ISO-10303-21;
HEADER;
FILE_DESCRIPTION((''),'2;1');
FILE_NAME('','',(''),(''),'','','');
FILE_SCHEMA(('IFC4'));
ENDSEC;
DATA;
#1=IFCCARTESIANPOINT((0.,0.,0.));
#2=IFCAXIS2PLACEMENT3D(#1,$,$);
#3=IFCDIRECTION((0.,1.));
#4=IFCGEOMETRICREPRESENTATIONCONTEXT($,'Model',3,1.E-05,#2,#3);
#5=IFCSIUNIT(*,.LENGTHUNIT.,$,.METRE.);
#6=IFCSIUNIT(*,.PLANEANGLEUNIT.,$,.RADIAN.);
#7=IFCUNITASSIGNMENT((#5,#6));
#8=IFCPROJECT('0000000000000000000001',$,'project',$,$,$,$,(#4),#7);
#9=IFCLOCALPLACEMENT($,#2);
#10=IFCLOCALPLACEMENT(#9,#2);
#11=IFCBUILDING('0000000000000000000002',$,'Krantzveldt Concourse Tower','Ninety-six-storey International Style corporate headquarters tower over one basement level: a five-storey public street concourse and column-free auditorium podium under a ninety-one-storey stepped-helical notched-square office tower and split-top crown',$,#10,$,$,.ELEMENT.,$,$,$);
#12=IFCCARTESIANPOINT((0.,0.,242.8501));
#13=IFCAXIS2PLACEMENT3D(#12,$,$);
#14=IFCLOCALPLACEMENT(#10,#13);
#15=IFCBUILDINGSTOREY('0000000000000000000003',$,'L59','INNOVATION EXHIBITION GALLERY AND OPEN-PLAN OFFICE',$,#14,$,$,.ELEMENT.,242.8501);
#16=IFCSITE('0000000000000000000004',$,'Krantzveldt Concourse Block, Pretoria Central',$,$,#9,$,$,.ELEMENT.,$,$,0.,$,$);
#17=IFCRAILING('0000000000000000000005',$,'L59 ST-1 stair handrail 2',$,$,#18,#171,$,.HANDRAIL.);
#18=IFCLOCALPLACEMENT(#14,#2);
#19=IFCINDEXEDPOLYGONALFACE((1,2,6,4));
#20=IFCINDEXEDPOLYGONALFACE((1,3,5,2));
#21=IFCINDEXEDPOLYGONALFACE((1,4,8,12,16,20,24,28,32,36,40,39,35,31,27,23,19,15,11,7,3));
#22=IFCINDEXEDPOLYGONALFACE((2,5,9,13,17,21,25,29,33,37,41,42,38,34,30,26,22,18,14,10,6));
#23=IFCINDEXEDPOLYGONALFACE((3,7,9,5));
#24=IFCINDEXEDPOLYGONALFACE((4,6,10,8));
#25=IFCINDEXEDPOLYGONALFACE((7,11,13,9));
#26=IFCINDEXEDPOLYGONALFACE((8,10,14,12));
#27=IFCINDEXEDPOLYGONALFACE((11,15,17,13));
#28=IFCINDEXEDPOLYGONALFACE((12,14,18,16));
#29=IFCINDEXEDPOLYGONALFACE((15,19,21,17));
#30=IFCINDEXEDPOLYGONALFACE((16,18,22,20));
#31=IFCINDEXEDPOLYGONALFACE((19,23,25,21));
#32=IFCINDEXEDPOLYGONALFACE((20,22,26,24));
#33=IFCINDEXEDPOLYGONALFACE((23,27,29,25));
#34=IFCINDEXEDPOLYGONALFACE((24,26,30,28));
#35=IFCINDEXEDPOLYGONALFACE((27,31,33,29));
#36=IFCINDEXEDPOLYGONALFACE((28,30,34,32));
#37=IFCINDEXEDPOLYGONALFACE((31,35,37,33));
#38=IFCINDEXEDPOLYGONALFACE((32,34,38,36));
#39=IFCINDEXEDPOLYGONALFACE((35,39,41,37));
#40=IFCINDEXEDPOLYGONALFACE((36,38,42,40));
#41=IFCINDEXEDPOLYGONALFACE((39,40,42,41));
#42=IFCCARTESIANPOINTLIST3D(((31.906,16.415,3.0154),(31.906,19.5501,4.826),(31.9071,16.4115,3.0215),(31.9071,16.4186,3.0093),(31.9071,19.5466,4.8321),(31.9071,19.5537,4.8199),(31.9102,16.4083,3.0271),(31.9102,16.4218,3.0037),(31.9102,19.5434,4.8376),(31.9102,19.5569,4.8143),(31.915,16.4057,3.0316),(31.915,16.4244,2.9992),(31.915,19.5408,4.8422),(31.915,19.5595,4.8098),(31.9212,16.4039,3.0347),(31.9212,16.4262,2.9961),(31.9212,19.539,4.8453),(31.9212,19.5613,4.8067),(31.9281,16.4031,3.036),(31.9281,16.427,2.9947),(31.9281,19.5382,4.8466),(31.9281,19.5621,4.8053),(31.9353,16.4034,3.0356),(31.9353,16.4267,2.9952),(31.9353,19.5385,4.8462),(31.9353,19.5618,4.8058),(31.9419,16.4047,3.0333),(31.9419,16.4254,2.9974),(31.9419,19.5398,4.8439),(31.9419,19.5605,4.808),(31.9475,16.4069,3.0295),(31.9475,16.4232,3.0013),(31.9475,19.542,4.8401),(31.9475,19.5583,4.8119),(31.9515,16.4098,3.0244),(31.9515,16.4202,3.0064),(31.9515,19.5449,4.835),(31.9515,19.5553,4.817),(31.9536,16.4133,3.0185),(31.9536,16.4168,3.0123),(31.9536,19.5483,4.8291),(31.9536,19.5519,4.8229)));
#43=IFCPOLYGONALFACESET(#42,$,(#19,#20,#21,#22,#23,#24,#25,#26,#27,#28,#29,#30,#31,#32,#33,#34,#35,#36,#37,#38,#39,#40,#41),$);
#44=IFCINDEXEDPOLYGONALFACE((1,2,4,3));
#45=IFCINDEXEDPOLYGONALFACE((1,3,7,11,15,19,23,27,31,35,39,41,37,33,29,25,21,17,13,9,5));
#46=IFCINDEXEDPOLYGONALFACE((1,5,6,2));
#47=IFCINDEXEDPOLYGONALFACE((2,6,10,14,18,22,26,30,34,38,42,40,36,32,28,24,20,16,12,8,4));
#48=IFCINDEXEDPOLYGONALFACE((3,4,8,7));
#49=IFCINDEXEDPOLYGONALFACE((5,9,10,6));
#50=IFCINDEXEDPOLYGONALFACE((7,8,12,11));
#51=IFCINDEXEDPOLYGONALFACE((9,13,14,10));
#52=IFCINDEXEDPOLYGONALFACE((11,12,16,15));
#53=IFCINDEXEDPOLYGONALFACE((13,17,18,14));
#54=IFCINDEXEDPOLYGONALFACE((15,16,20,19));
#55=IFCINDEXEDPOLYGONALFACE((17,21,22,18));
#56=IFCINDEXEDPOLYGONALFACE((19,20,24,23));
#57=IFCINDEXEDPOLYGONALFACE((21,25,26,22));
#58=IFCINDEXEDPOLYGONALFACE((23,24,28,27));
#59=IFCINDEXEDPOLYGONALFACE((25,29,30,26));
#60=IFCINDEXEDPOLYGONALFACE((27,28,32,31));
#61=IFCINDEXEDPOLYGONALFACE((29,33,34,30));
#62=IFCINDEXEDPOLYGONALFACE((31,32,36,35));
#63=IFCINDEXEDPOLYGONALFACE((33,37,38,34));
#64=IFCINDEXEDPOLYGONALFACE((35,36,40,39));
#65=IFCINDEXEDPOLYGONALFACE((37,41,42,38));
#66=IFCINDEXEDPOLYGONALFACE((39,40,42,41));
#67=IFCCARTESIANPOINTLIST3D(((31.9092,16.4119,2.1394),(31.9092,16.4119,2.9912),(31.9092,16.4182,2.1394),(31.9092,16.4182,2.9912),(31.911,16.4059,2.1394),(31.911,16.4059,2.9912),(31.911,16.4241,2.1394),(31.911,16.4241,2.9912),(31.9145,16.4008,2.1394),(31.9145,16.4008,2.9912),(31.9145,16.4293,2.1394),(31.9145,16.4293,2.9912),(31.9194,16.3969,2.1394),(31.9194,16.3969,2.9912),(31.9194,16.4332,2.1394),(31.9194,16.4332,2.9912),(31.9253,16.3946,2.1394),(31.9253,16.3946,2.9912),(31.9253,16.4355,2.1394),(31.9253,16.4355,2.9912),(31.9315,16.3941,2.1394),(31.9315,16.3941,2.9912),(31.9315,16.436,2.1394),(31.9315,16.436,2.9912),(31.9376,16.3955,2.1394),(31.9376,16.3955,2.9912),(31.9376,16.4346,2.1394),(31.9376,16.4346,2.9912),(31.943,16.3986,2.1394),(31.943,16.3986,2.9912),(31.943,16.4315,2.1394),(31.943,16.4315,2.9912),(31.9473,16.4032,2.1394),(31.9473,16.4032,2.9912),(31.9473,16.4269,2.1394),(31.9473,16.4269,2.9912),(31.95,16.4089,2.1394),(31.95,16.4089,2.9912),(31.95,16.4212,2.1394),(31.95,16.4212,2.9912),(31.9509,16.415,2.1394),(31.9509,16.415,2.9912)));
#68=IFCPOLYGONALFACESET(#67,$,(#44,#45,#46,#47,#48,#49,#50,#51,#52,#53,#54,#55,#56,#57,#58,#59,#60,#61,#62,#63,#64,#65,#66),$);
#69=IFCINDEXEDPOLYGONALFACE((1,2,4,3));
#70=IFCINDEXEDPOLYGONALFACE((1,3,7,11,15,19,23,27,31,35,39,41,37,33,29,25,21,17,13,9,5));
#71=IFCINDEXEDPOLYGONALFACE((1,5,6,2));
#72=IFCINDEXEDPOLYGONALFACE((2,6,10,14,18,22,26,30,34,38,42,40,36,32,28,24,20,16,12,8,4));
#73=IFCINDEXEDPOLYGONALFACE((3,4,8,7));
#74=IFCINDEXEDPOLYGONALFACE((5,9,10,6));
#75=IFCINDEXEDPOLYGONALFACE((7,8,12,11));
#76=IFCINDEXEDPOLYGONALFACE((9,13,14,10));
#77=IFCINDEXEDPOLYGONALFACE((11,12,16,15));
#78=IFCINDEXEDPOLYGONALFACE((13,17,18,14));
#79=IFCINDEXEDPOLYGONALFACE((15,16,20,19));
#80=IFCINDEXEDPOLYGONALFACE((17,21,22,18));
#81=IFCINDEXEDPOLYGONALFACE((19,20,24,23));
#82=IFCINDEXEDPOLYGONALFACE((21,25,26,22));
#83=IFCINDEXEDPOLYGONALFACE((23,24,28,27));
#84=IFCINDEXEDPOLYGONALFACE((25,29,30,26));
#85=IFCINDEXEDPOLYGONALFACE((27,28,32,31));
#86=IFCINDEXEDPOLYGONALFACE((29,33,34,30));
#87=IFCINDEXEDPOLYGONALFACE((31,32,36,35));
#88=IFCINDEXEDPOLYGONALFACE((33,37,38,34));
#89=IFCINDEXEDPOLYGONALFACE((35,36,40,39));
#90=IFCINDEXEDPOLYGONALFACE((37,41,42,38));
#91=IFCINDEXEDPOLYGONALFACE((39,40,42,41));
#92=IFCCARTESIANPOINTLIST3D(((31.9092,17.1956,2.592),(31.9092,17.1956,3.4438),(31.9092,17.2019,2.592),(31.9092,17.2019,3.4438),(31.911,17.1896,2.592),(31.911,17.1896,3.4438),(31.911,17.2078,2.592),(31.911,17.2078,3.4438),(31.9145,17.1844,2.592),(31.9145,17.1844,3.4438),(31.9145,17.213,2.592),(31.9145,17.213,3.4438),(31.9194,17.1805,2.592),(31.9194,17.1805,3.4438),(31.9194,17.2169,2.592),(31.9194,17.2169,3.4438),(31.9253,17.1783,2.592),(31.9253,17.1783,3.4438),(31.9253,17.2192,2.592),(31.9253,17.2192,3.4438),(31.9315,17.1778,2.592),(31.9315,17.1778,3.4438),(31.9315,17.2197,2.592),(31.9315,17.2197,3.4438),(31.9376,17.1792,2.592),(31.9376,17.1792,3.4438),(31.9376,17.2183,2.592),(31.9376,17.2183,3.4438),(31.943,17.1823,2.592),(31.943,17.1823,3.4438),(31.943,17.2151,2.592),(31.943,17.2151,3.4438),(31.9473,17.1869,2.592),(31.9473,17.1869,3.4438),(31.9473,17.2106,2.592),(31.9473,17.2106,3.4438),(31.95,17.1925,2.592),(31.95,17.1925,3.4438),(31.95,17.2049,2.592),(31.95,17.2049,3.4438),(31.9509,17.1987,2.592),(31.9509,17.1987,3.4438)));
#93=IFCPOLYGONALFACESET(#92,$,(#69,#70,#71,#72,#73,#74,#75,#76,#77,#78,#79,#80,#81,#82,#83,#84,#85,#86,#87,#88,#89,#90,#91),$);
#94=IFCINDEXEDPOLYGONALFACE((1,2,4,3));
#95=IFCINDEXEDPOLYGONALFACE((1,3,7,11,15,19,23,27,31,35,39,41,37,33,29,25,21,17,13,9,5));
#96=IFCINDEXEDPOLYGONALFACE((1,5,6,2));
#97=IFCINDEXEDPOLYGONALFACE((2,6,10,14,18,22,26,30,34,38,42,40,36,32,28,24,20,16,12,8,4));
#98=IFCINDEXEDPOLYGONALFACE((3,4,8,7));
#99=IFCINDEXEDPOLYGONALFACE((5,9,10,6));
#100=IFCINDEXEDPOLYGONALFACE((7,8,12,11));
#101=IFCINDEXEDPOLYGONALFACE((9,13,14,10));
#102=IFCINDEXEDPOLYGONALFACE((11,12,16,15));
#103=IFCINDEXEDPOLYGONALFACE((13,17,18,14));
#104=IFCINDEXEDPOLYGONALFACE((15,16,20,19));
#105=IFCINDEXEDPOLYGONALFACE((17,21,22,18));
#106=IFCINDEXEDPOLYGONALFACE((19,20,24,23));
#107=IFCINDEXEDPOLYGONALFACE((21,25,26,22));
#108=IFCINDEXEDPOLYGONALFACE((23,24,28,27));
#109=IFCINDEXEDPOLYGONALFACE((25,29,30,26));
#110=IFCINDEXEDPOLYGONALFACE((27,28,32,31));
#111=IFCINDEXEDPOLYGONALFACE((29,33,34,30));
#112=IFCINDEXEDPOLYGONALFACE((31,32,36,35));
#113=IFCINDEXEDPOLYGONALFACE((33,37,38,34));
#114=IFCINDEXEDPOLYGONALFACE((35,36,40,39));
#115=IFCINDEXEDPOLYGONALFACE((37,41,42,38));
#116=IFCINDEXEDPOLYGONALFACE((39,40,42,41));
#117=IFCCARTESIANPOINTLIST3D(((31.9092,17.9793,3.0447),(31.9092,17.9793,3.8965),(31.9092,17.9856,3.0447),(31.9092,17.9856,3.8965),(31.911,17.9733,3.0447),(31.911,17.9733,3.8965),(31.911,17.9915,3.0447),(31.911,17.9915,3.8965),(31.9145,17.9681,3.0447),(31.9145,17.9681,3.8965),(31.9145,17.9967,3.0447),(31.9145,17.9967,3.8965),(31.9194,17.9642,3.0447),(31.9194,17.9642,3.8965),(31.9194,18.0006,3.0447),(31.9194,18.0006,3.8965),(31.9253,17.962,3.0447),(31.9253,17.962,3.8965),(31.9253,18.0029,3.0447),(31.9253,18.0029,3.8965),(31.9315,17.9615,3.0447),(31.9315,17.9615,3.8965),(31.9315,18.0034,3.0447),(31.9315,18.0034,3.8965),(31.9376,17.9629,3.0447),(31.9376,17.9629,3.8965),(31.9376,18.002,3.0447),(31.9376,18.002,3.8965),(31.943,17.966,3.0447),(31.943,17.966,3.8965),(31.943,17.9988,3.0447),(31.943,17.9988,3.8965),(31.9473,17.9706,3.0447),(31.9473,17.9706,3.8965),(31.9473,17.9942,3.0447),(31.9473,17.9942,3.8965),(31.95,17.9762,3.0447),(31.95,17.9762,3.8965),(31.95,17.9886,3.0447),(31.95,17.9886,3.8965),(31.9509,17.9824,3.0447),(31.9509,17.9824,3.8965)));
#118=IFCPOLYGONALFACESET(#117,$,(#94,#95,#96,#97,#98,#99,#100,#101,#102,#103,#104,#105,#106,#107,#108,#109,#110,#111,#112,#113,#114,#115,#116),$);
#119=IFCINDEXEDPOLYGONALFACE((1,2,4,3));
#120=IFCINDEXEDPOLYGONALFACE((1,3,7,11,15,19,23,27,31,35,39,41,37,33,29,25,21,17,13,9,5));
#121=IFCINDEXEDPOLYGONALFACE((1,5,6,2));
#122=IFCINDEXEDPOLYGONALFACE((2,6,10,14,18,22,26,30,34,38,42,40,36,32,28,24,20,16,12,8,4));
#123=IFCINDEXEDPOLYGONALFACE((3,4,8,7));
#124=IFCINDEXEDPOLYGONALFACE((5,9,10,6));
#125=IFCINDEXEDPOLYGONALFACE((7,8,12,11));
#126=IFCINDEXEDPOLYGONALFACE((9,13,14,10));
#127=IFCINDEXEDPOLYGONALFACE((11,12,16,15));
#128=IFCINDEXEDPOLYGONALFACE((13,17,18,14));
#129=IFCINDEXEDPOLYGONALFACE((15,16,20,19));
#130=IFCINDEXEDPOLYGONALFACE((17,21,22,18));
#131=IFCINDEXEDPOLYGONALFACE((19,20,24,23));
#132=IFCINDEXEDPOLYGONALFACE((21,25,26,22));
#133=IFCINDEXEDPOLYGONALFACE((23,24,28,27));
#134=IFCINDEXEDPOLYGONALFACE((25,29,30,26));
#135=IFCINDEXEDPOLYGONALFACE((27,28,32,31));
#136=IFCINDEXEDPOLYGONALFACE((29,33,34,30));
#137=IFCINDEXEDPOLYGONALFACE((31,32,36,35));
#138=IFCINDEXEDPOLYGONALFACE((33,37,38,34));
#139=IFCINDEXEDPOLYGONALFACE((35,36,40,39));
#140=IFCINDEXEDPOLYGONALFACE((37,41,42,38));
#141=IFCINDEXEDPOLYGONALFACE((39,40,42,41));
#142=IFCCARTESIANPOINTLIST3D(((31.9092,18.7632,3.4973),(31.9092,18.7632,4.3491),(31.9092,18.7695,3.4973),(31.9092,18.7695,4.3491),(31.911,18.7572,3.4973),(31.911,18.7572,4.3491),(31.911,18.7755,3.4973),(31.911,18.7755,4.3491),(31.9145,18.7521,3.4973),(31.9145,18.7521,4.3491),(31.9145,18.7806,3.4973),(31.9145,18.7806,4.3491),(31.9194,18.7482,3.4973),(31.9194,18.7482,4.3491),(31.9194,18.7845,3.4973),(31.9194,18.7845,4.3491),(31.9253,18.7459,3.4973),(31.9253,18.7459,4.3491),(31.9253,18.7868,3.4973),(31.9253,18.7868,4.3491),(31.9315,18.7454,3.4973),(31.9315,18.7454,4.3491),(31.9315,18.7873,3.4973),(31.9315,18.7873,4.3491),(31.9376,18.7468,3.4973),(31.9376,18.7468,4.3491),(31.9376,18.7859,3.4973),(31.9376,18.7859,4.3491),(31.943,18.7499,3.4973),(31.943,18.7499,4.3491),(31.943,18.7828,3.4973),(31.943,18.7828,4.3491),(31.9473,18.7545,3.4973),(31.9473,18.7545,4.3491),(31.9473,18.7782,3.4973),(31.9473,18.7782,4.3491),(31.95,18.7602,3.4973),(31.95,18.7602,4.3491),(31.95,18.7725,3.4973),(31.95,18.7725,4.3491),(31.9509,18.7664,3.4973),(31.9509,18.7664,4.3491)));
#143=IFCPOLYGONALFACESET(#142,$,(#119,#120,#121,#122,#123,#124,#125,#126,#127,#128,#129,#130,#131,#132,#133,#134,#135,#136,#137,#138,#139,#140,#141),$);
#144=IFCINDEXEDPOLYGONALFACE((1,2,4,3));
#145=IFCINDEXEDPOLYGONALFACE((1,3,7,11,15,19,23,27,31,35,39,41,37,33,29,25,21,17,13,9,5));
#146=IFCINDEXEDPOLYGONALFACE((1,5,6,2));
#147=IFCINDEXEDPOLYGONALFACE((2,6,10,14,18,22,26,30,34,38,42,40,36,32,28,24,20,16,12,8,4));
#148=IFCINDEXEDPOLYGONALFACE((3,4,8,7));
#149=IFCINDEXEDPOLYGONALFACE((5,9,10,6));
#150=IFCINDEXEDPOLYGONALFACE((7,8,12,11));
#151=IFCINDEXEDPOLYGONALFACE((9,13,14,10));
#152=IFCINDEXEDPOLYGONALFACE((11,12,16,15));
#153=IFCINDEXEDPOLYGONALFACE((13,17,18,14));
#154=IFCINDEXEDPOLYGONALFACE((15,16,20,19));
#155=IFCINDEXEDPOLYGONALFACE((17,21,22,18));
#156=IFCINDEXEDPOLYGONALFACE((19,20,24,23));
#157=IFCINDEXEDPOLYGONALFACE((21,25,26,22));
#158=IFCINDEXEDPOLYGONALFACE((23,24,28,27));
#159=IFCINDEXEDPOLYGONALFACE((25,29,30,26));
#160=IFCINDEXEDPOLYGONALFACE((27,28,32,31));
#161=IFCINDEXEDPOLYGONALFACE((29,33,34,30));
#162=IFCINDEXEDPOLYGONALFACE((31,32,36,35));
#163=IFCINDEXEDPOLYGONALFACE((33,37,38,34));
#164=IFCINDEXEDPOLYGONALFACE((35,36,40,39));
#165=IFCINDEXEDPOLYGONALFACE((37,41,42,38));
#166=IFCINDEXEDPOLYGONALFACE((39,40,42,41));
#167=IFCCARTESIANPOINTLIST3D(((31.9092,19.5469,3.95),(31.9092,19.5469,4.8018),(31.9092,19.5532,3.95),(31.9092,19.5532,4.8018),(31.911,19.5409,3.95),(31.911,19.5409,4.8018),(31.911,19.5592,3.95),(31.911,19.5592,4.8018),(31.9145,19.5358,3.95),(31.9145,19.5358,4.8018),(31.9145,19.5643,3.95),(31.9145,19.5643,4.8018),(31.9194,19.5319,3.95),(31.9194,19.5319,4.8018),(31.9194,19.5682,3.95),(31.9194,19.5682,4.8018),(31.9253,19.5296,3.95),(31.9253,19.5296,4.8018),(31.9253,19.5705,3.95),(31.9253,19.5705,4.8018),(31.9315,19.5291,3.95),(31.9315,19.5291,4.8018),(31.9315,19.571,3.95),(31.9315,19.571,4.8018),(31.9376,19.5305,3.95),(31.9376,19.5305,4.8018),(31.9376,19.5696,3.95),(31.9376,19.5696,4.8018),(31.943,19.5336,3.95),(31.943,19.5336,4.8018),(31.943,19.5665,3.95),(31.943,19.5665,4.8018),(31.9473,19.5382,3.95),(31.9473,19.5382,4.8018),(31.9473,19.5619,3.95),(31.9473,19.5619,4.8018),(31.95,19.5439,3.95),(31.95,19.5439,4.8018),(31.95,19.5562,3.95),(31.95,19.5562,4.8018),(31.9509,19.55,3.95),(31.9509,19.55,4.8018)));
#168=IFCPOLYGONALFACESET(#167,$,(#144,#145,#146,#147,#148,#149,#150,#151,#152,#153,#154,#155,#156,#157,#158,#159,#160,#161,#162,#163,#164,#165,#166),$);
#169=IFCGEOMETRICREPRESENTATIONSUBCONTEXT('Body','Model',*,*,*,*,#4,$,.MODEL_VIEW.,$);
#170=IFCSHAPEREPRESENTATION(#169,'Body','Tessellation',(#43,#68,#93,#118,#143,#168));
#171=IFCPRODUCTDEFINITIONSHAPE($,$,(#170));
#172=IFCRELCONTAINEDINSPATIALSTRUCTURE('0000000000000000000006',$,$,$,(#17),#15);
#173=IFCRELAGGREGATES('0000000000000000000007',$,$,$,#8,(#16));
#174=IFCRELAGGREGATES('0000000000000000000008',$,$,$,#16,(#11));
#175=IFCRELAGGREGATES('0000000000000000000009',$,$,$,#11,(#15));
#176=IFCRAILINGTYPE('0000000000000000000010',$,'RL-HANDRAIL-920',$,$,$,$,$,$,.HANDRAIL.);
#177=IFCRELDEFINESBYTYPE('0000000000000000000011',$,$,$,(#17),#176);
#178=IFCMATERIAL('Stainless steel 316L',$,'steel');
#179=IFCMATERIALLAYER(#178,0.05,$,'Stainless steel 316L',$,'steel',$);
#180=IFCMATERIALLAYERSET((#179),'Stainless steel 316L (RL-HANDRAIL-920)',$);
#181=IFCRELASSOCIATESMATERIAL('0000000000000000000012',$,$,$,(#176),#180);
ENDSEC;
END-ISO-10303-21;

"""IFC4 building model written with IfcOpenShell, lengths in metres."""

from ifc_helpers import new_model, si_unit, direction, frame, origin, origin_2d, place, context, subcontext, project, spatial, circle, extrude, material, layer, layer_set, type_object, element, save


model = new_model("IFC4")

# Units and contexts
model_context = context("Model", 3, precision=1e-05, world=origin(), true_north=direction((0.0, 1.0)))
body_context = subcontext(model_context, "Body", "Model", "MODEL_VIEW")
ifc_project = project(units=[si_unit("LENGTHUNIT", "METRE"), si_unit("PLANEANGLEUNIT", "RADIAN")], contexts=[model_context])

# Site, building, storey
site_placement = place(None, origin())
site = spatial("IfcSite", under=ifc_project, at=site_placement, Name="Krantzveldt Concourse Block, Pretoria Central", CompositionType="ELEMENT", RefElevation=0.0)
building_placement = place(site_placement, origin())
building = spatial("IfcBuilding", under=site, at=building_placement, Name="Krantzveldt Concourse Tower", Description="Ninety-six-storey International Style corporate headquarters tower over one basement level: a five-storey public street concourse and column-free auditorium podium under a ninety-one-storey stepped-helical notched-square office tower and split-top crown", CompositionType="ELEMENT")
storey_placement = place(building_placement, frame((0.0, 0.0, 242.8501)))
storey = spatial("IfcBuildingStorey", under=building, at=storey_placement, Name="L59", Description="INNOVATION EXHIBITION GALLERY AND OPEN-PLAN OFFICE", CompositionType="ELEMENT", Elevation=242.8501)

# Shared definitions
ifc_material_1 = material(Name="Stainless steel 316L", Category="steel")

# Railing
ifc_layer_1 = layer(ifc_material_1, 0.05, Name="Stainless steel 316L", Category="steel")
ifc_layer_set_1 = layer_set([ifc_layer_1], Name="Stainless steel 316L (RL-HANDRAIL-920)")
railing_type_1 = type_object("IfcRailingType", Name="RL-HANDRAIL-920", PredefinedType="HANDRAIL", material=ifc_layer_set_1)
railing_1_placement = place(storey_placement, frame((31.9299, 16.415, 2.1394)))
element("IfcRailing", 1, at=railing_1_placement, inside=storey, type_object=railing_type_1, Name="L59 ST-1 stair handrail 2", PredefinedType="HANDRAIL", context=body_context, shape_type="SweptSolid", body=[
    extrude(circle(Radius=0.0239, at=origin_2d()), frame((0.0, 0.0, 0.876), z_axis=(0.0, 0.86596, 0.500114), x_axis=(-1.0, 0.0, 0.0)), (0.0, 0.0, 1.0), 3.6204),
    extrude(circle(Radius=0.021, at=origin_2d()), origin(), (0.0, 0.0, 1.0), 0.8518),
    extrude(circle(Radius=0.021, at=origin_2d()), frame((0.0, 0.7837, 0.4526)), (0.0, 0.0, 1.0), 0.8518),
    extrude(circle(Radius=0.021, at=origin_2d()), frame((0.0, 1.5674, 0.9053)), (0.0, 0.0, 1.0), 0.8518),
    extrude(circle(Radius=0.021, at=origin_2d()), frame((0.0, 2.3513, 1.3579)), (0.0, 0.0, 1.0), 0.8518),
    extrude(circle(Radius=0.021, at=origin_2d()), frame((0.0, 3.135, 1.8105)), (0.0, 0.0, 1.0), 0.8518),
])

save(model, "model.ifc")
